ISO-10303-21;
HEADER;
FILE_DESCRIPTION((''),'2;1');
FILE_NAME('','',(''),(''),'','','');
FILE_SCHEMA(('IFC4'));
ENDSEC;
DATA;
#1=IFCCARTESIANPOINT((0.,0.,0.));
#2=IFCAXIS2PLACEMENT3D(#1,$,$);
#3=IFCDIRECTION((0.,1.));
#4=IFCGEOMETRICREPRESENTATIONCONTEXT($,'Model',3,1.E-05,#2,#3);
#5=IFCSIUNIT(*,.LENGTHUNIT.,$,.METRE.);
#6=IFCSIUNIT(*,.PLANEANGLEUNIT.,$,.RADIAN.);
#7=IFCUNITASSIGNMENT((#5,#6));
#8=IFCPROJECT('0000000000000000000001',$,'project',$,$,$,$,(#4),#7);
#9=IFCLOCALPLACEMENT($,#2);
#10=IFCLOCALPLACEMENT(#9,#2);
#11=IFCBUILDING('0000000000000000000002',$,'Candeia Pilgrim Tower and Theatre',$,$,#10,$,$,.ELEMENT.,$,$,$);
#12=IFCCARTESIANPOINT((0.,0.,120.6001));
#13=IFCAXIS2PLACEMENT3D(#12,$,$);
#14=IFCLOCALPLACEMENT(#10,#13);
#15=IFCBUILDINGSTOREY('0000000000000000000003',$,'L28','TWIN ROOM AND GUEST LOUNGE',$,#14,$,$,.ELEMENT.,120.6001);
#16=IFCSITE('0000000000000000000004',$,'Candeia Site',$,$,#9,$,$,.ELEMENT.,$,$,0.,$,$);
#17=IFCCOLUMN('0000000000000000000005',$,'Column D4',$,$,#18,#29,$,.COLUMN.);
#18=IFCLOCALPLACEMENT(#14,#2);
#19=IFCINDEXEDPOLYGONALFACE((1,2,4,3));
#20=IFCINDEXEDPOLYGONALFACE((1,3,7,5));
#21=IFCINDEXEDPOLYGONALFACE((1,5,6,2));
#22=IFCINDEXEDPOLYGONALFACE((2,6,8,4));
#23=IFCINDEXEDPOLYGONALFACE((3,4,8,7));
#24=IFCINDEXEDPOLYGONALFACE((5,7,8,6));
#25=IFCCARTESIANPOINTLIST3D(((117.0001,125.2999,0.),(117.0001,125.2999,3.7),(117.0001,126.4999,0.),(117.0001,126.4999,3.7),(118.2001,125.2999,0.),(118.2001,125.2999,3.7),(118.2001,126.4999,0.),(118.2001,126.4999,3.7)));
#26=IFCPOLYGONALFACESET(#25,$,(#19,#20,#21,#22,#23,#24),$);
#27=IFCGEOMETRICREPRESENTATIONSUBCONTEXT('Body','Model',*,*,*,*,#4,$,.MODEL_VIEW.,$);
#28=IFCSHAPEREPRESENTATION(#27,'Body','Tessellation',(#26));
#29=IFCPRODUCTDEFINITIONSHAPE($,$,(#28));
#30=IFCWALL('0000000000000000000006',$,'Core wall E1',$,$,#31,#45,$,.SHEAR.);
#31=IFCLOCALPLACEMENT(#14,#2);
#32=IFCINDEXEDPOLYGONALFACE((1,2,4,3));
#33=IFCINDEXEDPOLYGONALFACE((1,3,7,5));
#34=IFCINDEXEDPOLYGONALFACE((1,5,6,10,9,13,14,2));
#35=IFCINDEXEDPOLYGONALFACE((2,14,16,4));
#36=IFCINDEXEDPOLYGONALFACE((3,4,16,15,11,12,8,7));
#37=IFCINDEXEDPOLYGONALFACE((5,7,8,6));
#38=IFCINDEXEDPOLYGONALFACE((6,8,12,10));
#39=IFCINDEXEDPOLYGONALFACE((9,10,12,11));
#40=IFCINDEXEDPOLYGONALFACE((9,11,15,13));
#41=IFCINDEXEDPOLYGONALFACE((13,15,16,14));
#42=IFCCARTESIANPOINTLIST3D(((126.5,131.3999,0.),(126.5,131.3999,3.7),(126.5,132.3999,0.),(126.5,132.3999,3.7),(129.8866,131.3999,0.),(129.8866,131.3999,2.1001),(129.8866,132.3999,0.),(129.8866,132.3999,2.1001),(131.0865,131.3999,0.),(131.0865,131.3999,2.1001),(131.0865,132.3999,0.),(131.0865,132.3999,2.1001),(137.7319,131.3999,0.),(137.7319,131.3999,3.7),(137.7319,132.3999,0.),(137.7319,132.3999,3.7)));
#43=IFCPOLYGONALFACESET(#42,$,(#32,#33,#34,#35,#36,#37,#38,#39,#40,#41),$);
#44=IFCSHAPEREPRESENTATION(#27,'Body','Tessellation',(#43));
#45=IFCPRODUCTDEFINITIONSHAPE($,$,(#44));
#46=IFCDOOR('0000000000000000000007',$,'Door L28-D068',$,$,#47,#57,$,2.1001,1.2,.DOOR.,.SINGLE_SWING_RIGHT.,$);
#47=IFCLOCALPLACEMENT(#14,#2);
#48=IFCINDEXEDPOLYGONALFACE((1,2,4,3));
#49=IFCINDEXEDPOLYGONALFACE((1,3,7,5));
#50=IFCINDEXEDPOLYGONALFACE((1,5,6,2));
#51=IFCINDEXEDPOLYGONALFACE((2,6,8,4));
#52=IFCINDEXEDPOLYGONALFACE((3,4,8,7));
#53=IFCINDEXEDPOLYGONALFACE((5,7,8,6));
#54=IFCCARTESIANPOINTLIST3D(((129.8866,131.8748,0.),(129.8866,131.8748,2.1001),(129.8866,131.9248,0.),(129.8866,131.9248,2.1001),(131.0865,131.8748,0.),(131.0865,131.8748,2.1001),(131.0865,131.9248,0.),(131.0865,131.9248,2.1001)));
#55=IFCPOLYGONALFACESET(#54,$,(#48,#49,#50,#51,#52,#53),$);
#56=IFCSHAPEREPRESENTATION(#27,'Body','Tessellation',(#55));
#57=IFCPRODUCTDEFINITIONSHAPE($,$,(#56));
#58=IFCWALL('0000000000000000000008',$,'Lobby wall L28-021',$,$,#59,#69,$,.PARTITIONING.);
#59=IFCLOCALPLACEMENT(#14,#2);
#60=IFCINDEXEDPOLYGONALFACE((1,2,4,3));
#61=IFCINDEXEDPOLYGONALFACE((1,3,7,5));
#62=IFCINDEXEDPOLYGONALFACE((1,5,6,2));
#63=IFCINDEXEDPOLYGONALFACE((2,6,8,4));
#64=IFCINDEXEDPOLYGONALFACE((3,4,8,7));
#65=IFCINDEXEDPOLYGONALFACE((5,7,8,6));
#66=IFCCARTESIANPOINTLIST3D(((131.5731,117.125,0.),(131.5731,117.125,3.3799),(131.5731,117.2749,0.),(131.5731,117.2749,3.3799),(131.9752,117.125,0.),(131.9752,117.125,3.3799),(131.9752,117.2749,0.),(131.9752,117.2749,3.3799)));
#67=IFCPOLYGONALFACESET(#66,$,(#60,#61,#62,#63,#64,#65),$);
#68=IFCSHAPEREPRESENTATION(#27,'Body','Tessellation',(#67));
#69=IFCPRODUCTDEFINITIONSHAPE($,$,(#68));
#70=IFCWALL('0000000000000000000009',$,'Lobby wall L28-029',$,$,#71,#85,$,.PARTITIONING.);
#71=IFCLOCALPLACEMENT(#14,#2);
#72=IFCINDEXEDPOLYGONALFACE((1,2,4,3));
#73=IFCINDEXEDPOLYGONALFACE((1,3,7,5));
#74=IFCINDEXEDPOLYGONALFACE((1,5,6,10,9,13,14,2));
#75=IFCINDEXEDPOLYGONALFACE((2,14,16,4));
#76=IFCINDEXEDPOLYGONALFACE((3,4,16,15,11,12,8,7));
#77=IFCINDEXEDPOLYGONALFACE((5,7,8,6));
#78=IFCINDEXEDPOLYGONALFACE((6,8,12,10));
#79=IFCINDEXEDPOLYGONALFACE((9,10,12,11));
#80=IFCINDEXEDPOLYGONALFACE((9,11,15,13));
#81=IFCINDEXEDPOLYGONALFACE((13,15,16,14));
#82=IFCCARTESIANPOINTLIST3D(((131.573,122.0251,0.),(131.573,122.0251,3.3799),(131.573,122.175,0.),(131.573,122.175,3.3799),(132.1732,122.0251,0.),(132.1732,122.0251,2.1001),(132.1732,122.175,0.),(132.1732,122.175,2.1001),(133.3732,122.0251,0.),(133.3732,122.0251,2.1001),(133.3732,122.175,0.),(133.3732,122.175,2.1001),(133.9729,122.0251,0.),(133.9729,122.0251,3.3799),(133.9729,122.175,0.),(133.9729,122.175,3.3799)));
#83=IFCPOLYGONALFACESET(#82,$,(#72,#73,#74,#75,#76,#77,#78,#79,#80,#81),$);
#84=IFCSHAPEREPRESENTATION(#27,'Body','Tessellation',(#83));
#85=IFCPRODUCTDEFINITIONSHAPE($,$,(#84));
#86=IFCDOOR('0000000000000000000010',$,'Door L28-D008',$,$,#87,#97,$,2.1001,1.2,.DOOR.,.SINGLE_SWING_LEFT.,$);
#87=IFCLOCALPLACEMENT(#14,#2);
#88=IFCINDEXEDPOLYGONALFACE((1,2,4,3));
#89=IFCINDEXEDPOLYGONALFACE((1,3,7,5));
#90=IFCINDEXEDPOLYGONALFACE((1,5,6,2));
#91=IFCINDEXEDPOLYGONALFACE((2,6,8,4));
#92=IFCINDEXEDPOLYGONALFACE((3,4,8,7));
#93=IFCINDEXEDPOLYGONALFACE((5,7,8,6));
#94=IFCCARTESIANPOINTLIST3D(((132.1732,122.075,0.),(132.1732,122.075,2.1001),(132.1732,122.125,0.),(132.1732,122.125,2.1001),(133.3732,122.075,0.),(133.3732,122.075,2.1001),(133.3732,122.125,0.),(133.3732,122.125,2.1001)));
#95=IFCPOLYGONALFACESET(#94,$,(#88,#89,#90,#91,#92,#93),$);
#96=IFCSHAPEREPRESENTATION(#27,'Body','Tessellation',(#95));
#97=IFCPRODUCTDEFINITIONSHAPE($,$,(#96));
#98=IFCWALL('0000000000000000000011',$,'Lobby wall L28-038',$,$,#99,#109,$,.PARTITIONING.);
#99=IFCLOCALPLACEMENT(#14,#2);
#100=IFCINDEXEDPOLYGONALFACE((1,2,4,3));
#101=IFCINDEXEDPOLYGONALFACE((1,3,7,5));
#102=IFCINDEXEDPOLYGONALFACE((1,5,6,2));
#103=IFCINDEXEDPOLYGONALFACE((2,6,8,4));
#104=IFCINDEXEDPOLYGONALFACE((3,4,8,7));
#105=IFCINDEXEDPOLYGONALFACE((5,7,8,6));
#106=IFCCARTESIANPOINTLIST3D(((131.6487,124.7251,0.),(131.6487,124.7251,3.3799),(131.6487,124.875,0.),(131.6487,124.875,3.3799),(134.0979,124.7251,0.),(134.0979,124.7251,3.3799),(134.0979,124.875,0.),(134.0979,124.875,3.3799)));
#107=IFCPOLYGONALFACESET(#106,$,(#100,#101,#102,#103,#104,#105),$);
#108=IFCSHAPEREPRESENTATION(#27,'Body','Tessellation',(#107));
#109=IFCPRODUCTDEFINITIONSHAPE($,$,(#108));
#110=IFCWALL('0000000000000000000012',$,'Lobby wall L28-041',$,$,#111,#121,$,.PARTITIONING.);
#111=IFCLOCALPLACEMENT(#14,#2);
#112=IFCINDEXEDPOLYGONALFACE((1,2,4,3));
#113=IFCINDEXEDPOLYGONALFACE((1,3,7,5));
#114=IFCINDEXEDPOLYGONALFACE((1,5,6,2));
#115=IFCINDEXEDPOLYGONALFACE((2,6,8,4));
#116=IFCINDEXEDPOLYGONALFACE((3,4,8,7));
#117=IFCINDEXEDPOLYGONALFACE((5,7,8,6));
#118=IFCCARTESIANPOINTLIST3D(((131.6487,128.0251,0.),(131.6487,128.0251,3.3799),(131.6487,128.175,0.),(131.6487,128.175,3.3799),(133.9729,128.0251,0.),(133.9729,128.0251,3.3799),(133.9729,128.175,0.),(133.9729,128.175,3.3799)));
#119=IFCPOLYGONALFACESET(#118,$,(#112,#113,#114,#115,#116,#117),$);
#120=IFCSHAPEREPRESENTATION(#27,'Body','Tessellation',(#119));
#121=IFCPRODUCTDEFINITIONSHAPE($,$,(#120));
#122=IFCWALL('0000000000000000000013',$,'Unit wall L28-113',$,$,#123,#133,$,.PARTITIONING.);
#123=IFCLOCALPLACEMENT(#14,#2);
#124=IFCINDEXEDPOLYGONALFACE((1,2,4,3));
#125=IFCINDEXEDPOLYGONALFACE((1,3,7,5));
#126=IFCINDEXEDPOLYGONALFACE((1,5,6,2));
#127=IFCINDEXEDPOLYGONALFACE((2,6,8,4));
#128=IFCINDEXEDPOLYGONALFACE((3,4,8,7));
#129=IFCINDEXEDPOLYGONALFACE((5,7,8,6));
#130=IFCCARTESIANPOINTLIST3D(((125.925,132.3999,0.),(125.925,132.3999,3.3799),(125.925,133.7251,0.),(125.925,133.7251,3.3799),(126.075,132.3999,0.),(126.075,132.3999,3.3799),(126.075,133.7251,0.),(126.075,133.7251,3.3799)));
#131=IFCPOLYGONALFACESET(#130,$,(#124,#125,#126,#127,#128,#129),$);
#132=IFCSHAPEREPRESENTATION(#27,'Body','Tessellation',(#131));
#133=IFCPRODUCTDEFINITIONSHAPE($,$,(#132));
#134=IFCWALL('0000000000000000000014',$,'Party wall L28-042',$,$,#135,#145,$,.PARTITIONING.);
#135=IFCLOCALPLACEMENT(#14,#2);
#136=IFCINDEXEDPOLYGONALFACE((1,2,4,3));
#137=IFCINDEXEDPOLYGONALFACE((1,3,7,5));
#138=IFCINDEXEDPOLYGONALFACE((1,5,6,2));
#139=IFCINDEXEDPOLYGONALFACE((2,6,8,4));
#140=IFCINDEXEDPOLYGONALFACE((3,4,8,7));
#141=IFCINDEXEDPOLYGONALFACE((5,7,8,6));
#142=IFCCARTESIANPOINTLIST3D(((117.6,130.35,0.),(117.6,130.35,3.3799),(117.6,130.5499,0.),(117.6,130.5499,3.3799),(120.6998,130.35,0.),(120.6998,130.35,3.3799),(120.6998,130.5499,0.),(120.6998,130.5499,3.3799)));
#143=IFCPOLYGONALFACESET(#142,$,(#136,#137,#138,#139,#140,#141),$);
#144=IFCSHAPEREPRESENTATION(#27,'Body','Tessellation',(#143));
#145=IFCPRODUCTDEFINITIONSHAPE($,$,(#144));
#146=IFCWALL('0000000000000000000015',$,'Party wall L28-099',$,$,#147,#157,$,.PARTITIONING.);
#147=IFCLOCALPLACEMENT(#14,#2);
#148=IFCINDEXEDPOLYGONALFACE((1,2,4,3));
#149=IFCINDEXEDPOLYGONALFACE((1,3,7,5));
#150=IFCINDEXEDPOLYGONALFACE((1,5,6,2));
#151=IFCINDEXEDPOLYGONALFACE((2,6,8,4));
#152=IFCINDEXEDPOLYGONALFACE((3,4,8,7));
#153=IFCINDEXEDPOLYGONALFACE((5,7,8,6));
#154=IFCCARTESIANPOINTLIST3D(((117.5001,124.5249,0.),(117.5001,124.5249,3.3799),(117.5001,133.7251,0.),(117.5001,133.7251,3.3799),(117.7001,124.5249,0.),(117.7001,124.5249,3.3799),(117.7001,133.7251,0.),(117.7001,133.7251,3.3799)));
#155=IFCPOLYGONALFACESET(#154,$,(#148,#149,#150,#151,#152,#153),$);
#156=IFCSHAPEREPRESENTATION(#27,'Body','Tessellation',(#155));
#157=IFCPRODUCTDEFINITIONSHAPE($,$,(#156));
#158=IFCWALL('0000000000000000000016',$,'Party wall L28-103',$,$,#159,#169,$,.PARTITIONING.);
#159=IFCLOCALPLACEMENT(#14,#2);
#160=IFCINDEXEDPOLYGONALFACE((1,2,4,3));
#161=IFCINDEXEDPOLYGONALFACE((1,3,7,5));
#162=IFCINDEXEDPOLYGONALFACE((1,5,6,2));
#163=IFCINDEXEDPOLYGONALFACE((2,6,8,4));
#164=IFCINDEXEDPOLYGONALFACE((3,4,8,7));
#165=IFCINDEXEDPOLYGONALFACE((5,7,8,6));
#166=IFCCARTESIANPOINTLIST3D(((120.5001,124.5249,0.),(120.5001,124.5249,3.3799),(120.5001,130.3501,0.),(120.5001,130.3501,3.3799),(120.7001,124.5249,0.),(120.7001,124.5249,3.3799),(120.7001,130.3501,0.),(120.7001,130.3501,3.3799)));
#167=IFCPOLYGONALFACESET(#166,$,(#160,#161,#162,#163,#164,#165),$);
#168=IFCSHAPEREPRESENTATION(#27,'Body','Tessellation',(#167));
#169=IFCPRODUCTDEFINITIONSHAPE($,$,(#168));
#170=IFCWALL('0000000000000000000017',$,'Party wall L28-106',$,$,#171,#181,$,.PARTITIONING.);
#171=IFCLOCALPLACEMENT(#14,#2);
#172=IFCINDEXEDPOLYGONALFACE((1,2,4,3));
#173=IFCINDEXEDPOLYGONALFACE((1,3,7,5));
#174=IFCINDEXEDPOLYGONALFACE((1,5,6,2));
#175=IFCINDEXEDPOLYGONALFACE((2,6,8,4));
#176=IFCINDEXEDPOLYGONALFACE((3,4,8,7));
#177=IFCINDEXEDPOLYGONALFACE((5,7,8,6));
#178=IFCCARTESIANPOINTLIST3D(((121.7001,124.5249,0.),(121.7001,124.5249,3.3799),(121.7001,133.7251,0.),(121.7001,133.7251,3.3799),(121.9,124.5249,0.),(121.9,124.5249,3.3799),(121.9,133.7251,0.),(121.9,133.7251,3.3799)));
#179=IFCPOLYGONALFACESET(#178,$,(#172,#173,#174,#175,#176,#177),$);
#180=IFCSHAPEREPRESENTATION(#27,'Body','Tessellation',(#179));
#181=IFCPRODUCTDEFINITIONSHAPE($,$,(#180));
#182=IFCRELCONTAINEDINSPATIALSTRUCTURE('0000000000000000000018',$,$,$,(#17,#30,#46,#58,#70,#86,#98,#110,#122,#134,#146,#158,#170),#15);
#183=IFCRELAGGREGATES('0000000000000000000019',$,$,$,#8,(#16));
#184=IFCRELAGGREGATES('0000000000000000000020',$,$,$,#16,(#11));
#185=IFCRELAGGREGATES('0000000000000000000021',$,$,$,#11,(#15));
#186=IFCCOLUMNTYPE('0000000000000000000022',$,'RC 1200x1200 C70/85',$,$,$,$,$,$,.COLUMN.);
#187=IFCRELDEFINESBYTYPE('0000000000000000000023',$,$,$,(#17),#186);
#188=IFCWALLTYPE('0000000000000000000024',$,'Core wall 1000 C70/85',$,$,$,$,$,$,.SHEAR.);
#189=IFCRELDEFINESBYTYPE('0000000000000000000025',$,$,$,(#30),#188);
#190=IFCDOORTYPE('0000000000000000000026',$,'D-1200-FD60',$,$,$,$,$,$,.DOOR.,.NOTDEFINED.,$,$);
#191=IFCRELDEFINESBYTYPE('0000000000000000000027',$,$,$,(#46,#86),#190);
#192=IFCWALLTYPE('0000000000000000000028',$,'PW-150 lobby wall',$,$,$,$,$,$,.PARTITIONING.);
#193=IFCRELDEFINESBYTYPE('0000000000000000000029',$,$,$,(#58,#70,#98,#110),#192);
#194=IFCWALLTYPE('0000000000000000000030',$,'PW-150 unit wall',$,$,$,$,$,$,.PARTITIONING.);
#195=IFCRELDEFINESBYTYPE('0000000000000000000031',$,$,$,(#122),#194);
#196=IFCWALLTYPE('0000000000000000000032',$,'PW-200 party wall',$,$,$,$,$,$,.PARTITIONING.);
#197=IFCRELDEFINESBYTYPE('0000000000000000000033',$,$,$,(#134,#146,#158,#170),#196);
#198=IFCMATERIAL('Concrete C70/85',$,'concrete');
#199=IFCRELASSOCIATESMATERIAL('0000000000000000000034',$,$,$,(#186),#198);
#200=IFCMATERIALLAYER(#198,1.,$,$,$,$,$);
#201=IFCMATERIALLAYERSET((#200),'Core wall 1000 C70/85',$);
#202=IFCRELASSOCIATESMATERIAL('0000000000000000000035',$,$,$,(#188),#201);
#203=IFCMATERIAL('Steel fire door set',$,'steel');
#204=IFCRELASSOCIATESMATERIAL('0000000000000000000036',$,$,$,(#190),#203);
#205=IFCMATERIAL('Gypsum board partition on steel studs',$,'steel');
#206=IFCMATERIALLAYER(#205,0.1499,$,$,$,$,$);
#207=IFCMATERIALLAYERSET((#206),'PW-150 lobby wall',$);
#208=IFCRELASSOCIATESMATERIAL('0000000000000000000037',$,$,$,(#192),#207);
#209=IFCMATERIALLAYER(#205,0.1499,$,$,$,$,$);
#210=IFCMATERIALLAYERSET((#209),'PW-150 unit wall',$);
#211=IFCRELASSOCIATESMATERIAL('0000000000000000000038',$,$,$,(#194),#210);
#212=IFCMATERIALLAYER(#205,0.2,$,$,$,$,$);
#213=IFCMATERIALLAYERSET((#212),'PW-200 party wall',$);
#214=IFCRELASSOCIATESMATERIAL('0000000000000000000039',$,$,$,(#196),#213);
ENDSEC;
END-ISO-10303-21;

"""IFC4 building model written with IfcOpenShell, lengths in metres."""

from ifc_helpers import new_model, si_unit, direction, frame, frame_2d, origin, origin_2d, place, context, subcontext, project, spatial, rectangle, extrude, material, layer, layer_set, material_profile, profile_set, type_object, element, fill, save


model = new_model("IFC4")

# Units and contexts
model_context = context("Model", 3, precision=1e-05, world=origin(), true_north=direction((0.0, 1.0)))
body_context = subcontext(model_context, "Body", "Model", "MODEL_VIEW")
ifc_project = project(units=[si_unit("LENGTHUNIT", "METRE"), si_unit("PLANEANGLEUNIT", "RADIAN")], contexts=[model_context])

# Site, building, storey
site_placement = place(None, origin())
site = spatial("IfcSite", under=ifc_project, at=site_placement, Name="Candeia Site", CompositionType="ELEMENT", RefElevation=0.0)
building_placement = place(site_placement, origin())
building = spatial("IfcBuilding", under=site, at=building_placement, Name="Candeia Pilgrim Tower and Theatre", CompositionType="ELEMENT")
storey_placement = place(building_placement, frame((0.0, 0.0, 120.6001)))
storey = spatial("IfcBuildingStorey", under=building, at=storey_placement, Name="L28", Description="TWIN ROOM AND GUEST LOUNGE", CompositionType="ELEMENT", Elevation=120.6001)

# Column
ifc_material_1 = material(Name="Concrete C70/85", Category="concrete")
ifc_material_profile = material_profile(ifc_material_1, rectangle(XDim=1.2, YDim=1.2, at=origin_2d()))
ifc_profile_set = profile_set([ifc_material_profile], Name="Concrete C70/85")
column_type = type_object("IfcColumnType", Name="RC 1200x1200 C70/85", PredefinedType="COLUMN", material=ifc_profile_set)
column_placement = place(storey_placement, frame((117.6001, 125.8999, 0.0), z_axis=(0.0, 0.0, 1.0), x_axis=(1.0, 0.0, 0.0)))
element("IfcColumn", 1, at=column_placement, inside=storey, type_object=column_type, Name="Column D4", PredefinedType="COLUMN", context=body_context, shape_type="SweptSolid", body=[
    extrude(rectangle(XDim=1.2, YDim=1.2, at=origin_2d()), origin(), (0.0, 0.0, 1.0), 3.7),
])

# Wall, opening, door
ifc_layer_1 = layer(ifc_material_1, 1.0)
ifc_layer_set_1 = layer_set([ifc_layer_1], Name="Core wall 1000 C70/85")
wall_type_1 = type_object("IfcWallType", Name="Core wall 1000 C70/85", PredefinedType="SHEAR", material=ifc_layer_set_1)
wall_1_placement = place(storey_placement, frame((126.5, 131.8999, 0.0), z_axis=(0.0, 0.0, 1.0), x_axis=(1.0, 0.0, 0.0)))
wall_1 = element("IfcWall", 2, at=wall_1_placement, inside=storey, type_object=wall_type_1, Name="Core wall E1", PredefinedType="SHEAR", context=body_context, shape_type="SweptSolid", body=[
    extrude(rectangle(XDim=11.2319, YDim=1.0, at=frame_2d((5.616, 0.0))), origin(), (0.0, 0.0, 1.0), 3.7),
])
opening_1_placement = place(wall_1_placement, frame((3.3865, 0.0, 0.0)))
opening_1 = element("IfcOpeningElement", 3, at=opening_1_placement, cuts=wall_1, PredefinedType="OPENING", context=body_context, shape_type="SweptSolid", body=[
    extrude(rectangle(XDim=1.2, YDim=2.1001, at=frame_2d((0.6001, 1.05))), frame((0.0, 0.51, 0.0), z_axis=(0.0, -1.0, 0.0), x_axis=(1.0, 0.0, 0.0)), (0.0, 0.0, 1.0), 1.02),
])
ifc_material_2 = material(Name="Steel fire door set", Category="steel")
door_type_1 = type_object("IfcDoorType", Name="D-1200-FD60", OperationType="NOTDEFINED", PredefinedType="DOOR", material=ifc_material_2)
door_1_placement = place(opening_1_placement, origin())
door_1 = element("IfcDoor", 4, at=door_1_placement, inside=storey, type_object=door_type_1, Name="Door L28-D068", OperationType="SINGLE_SWING_RIGHT", OverallHeight=2.1001, OverallWidth=1.2, PredefinedType="DOOR", context=body_context, shape_type="SweptSolid", body=[
    extrude(rectangle(XDim=1.2, YDim=2.1001, at=frame_2d((0.6001, 1.05))), frame((0.0, 0.0249, 0.0), z_axis=(0.0, -1.0, 0.0), x_axis=(1.0, 0.0, 0.0)), (0.0, 0.0, 1.0), 0.05),
])
fill(opening_1, door_1)

# Wall
ifc_material_3 = material(Name="Gypsum board partition on steel studs", Category="steel")
ifc_layer_2 = layer(ifc_material_3, 0.1499)
ifc_layer_set_2 = layer_set([ifc_layer_2], Name="PW-150 lobby wall")
wall_type_2 = type_object("IfcWallType", Name="PW-150 lobby wall", PredefinedType="PARTITIONING", material=ifc_layer_set_2)
wall_2_placement = place(storey_placement, frame((131.573, 117.2, 0.0), z_axis=(0.0, 0.0, 1.0), x_axis=(1.0, 0.0, 0.0)))
element("IfcWall", 5, at=wall_2_placement, inside=storey, type_object=wall_type_2, Name="Lobby wall L28-021", PredefinedType="PARTITIONING", context=body_context, shape_type="SweptSolid", body=[
    extrude(rectangle(XDim=0.4021, YDim=0.1499, at=frame_2d((0.2012, 0.0))), origin(), (0.0, 0.0, 1.0), 3.3799),
])

# Wall, opening, door
wall_3_placement = place(storey_placement, frame((131.573, 122.1001, 0.0), z_axis=(0.0, 0.0, 1.0), x_axis=(1.0, 0.0, 0.0)))
wall_3 = element("IfcWall", 6, at=wall_3_placement, inside=storey, type_object=wall_type_2, Name="Lobby wall L28-029", PredefinedType="PARTITIONING", context=body_context, shape_type="SweptSolid", body=[
    extrude(rectangle(XDim=2.3999, YDim=0.1499, at=frame_2d((1.2, 0.0))), origin(), (0.0, 0.0, 1.0), 3.3799),
])
opening_2_placement = place(wall_3_placement, frame((0.6001, 0.0, 0.0)))
opening_2 = element("IfcOpeningElement", 7, at=opening_2_placement, cuts=wall_3, PredefinedType="OPENING", context=body_context, shape_type="SweptSolid", body=[
    extrude(rectangle(XDim=1.2, YDim=2.1001, at=frame_2d((0.6001, 1.05))), frame((0.0, 0.085, 0.0), z_axis=(0.0, -1.0, 0.0), x_axis=(1.0, 0.0, 0.0)), (0.0, 0.0, 1.0), 0.1699),
])
door_2_placement = place(opening_2_placement, origin())
door_2 = element("IfcDoor", 8, at=door_2_placement, inside=storey, type_object=door_type_1, Name="Door L28-D008", OperationType="SINGLE_SWING_LEFT", OverallHeight=2.1001, OverallWidth=1.2, PredefinedType="DOOR", context=body_context, shape_type="SweptSolid", body=[
    extrude(rectangle(XDim=1.2, YDim=2.1001, at=frame_2d((0.6001, 1.05))), frame((0.0, 0.0249, 0.0), z_axis=(0.0, -1.0, 0.0), x_axis=(1.0, 0.0, 0.0)), (0.0, 0.0, 1.0), 0.05),
])
fill(opening_2, door_2)

# Walls
wall_4_placement = place(storey_placement, frame((131.6487, 124.8, 0.0), z_axis=(0.0, 0.0, 1.0), x_axis=(1.0, 0.0, 0.0)))
element("IfcWall", 9, at=wall_4_placement, inside=storey, type_object=wall_type_2, Name="Lobby wall L28-038", PredefinedType="PARTITIONING", context=body_context, shape_type="SweptSolid", body=[
    extrude(rectangle(XDim=2.4492, YDim=0.1499, at=frame_2d((1.2246, 0.0))), origin(), (0.0, 0.0, 1.0), 3.3799),
])
wall_5_placement = place(storey_placement, frame((131.6487, 128.1001, 0.0), z_axis=(0.0, 0.0, 1.0), x_axis=(1.0, 0.0, 0.0)))
element("IfcWall", 10, at=wall_5_placement, inside=storey, type_object=wall_type_2, Name="Lobby wall L28-041", PredefinedType="PARTITIONING", context=body_context, shape_type="SweptSolid", body=[
    extrude(rectangle(XDim=2.3242, YDim=0.1499, at=frame_2d((1.1621, 0.0))), origin(), (0.0, 0.0, 1.0), 3.3799),
])
ifc_layer_3 = layer(ifc_material_3, 0.1499)
ifc_layer_set_3 = layer_set([ifc_layer_3], Name="PW-150 unit wall")
wall_type_3 = type_object("IfcWallType", Name="PW-150 unit wall", PredefinedType="PARTITIONING", material=ifc_layer_set_3)
wall_6_placement = place(storey_placement, frame((126.0, 132.3999, 0.0), z_axis=(0.0, 0.0, 1.0), x_axis=(0.0, 1.0, 0.0)))
element("IfcWall", 11, at=wall_6_placement, inside=storey, type_object=wall_type_3, Name="Unit wall L28-113", PredefinedType="PARTITIONING", context=body_context, shape_type="SweptSolid", body=[
    extrude(rectangle(XDim=1.3252, YDim=0.1499, at=frame_2d((0.6626, 0.0))), origin(), (0.0, 0.0, 1.0), 3.3799),
])
ifc_layer_4 = layer(ifc_material_3, 0.2)
ifc_layer_set_4 = layer_set([ifc_layer_4], Name="PW-200 party wall")
wall_type_4 = type_object("IfcWallType", Name="PW-200 party wall", PredefinedType="PARTITIONING", material=ifc_layer_set_4)
wall_7_placement = place(storey_placement, frame((117.6001, 130.45, 0.0), z_axis=(0.0, 0.0, 1.0), x_axis=(1.0, 0.0, 0.0)))
element("IfcWall", 12, at=wall_7_placement, inside=storey, type_object=wall_type_4, Name="Party wall L28-042", PredefinedType="PARTITIONING", context=body_context, shape_type="SweptSolid", body=[
    extrude(rectangle(XDim=3.0999, YDim=0.2, at=frame_2d((1.5498, 0.0))), origin(), (0.0, 0.0, 1.0), 3.3799),
])
wall_8_placement = place(storey_placement, frame((117.6001, 124.5249, 0.0), z_axis=(0.0, 0.0, 1.0), x_axis=(0.0, 1.0, 0.0)))
element("IfcWall", 13, at=wall_8_placement, inside=storey, type_object=wall_type_4, Name="Party wall L28-099", PredefinedType="PARTITIONING", context=body_context, shape_type="SweptSolid", body=[
    extrude(rectangle(XDim=9.2002, YDim=0.2, at=frame_2d((4.6001, 0.0))), origin(), (0.0, 0.0, 1.0), 3.3799),
])
wall_9_placement = place(storey_placement, frame((120.6001, 124.5249, 0.0), z_axis=(0.0, 0.0, 1.0), x_axis=(0.0, 1.0, 0.0)))
element("IfcWall", 14, at=wall_9_placement, inside=storey, type_object=wall_type_4, Name="Party wall L28-103", PredefinedType="PARTITIONING", context=body_context, shape_type="SweptSolid", body=[
    extrude(rectangle(XDim=5.8252, YDim=0.2, at=frame_2d((2.9126, 0.0))), origin(), (0.0, 0.0, 1.0), 3.3799),
])
wall_10_placement = place(storey_placement, frame((121.8, 124.5249, 0.0), z_axis=(0.0, 0.0, 1.0), x_axis=(0.0, 1.0, 0.0)))
element("IfcWall", 15, at=wall_10_placement, inside=storey, type_object=wall_type_4, Name="Party wall L28-106", PredefinedType="PARTITIONING", context=body_context, shape_type="SweptSolid", body=[
    extrude(rectangle(XDim=9.2002, YDim=0.2, at=frame_2d((4.6001, 0.0))), origin(), (0.0, 0.0, 1.0), 3.3799),
])

save(model, "model.ifc")
